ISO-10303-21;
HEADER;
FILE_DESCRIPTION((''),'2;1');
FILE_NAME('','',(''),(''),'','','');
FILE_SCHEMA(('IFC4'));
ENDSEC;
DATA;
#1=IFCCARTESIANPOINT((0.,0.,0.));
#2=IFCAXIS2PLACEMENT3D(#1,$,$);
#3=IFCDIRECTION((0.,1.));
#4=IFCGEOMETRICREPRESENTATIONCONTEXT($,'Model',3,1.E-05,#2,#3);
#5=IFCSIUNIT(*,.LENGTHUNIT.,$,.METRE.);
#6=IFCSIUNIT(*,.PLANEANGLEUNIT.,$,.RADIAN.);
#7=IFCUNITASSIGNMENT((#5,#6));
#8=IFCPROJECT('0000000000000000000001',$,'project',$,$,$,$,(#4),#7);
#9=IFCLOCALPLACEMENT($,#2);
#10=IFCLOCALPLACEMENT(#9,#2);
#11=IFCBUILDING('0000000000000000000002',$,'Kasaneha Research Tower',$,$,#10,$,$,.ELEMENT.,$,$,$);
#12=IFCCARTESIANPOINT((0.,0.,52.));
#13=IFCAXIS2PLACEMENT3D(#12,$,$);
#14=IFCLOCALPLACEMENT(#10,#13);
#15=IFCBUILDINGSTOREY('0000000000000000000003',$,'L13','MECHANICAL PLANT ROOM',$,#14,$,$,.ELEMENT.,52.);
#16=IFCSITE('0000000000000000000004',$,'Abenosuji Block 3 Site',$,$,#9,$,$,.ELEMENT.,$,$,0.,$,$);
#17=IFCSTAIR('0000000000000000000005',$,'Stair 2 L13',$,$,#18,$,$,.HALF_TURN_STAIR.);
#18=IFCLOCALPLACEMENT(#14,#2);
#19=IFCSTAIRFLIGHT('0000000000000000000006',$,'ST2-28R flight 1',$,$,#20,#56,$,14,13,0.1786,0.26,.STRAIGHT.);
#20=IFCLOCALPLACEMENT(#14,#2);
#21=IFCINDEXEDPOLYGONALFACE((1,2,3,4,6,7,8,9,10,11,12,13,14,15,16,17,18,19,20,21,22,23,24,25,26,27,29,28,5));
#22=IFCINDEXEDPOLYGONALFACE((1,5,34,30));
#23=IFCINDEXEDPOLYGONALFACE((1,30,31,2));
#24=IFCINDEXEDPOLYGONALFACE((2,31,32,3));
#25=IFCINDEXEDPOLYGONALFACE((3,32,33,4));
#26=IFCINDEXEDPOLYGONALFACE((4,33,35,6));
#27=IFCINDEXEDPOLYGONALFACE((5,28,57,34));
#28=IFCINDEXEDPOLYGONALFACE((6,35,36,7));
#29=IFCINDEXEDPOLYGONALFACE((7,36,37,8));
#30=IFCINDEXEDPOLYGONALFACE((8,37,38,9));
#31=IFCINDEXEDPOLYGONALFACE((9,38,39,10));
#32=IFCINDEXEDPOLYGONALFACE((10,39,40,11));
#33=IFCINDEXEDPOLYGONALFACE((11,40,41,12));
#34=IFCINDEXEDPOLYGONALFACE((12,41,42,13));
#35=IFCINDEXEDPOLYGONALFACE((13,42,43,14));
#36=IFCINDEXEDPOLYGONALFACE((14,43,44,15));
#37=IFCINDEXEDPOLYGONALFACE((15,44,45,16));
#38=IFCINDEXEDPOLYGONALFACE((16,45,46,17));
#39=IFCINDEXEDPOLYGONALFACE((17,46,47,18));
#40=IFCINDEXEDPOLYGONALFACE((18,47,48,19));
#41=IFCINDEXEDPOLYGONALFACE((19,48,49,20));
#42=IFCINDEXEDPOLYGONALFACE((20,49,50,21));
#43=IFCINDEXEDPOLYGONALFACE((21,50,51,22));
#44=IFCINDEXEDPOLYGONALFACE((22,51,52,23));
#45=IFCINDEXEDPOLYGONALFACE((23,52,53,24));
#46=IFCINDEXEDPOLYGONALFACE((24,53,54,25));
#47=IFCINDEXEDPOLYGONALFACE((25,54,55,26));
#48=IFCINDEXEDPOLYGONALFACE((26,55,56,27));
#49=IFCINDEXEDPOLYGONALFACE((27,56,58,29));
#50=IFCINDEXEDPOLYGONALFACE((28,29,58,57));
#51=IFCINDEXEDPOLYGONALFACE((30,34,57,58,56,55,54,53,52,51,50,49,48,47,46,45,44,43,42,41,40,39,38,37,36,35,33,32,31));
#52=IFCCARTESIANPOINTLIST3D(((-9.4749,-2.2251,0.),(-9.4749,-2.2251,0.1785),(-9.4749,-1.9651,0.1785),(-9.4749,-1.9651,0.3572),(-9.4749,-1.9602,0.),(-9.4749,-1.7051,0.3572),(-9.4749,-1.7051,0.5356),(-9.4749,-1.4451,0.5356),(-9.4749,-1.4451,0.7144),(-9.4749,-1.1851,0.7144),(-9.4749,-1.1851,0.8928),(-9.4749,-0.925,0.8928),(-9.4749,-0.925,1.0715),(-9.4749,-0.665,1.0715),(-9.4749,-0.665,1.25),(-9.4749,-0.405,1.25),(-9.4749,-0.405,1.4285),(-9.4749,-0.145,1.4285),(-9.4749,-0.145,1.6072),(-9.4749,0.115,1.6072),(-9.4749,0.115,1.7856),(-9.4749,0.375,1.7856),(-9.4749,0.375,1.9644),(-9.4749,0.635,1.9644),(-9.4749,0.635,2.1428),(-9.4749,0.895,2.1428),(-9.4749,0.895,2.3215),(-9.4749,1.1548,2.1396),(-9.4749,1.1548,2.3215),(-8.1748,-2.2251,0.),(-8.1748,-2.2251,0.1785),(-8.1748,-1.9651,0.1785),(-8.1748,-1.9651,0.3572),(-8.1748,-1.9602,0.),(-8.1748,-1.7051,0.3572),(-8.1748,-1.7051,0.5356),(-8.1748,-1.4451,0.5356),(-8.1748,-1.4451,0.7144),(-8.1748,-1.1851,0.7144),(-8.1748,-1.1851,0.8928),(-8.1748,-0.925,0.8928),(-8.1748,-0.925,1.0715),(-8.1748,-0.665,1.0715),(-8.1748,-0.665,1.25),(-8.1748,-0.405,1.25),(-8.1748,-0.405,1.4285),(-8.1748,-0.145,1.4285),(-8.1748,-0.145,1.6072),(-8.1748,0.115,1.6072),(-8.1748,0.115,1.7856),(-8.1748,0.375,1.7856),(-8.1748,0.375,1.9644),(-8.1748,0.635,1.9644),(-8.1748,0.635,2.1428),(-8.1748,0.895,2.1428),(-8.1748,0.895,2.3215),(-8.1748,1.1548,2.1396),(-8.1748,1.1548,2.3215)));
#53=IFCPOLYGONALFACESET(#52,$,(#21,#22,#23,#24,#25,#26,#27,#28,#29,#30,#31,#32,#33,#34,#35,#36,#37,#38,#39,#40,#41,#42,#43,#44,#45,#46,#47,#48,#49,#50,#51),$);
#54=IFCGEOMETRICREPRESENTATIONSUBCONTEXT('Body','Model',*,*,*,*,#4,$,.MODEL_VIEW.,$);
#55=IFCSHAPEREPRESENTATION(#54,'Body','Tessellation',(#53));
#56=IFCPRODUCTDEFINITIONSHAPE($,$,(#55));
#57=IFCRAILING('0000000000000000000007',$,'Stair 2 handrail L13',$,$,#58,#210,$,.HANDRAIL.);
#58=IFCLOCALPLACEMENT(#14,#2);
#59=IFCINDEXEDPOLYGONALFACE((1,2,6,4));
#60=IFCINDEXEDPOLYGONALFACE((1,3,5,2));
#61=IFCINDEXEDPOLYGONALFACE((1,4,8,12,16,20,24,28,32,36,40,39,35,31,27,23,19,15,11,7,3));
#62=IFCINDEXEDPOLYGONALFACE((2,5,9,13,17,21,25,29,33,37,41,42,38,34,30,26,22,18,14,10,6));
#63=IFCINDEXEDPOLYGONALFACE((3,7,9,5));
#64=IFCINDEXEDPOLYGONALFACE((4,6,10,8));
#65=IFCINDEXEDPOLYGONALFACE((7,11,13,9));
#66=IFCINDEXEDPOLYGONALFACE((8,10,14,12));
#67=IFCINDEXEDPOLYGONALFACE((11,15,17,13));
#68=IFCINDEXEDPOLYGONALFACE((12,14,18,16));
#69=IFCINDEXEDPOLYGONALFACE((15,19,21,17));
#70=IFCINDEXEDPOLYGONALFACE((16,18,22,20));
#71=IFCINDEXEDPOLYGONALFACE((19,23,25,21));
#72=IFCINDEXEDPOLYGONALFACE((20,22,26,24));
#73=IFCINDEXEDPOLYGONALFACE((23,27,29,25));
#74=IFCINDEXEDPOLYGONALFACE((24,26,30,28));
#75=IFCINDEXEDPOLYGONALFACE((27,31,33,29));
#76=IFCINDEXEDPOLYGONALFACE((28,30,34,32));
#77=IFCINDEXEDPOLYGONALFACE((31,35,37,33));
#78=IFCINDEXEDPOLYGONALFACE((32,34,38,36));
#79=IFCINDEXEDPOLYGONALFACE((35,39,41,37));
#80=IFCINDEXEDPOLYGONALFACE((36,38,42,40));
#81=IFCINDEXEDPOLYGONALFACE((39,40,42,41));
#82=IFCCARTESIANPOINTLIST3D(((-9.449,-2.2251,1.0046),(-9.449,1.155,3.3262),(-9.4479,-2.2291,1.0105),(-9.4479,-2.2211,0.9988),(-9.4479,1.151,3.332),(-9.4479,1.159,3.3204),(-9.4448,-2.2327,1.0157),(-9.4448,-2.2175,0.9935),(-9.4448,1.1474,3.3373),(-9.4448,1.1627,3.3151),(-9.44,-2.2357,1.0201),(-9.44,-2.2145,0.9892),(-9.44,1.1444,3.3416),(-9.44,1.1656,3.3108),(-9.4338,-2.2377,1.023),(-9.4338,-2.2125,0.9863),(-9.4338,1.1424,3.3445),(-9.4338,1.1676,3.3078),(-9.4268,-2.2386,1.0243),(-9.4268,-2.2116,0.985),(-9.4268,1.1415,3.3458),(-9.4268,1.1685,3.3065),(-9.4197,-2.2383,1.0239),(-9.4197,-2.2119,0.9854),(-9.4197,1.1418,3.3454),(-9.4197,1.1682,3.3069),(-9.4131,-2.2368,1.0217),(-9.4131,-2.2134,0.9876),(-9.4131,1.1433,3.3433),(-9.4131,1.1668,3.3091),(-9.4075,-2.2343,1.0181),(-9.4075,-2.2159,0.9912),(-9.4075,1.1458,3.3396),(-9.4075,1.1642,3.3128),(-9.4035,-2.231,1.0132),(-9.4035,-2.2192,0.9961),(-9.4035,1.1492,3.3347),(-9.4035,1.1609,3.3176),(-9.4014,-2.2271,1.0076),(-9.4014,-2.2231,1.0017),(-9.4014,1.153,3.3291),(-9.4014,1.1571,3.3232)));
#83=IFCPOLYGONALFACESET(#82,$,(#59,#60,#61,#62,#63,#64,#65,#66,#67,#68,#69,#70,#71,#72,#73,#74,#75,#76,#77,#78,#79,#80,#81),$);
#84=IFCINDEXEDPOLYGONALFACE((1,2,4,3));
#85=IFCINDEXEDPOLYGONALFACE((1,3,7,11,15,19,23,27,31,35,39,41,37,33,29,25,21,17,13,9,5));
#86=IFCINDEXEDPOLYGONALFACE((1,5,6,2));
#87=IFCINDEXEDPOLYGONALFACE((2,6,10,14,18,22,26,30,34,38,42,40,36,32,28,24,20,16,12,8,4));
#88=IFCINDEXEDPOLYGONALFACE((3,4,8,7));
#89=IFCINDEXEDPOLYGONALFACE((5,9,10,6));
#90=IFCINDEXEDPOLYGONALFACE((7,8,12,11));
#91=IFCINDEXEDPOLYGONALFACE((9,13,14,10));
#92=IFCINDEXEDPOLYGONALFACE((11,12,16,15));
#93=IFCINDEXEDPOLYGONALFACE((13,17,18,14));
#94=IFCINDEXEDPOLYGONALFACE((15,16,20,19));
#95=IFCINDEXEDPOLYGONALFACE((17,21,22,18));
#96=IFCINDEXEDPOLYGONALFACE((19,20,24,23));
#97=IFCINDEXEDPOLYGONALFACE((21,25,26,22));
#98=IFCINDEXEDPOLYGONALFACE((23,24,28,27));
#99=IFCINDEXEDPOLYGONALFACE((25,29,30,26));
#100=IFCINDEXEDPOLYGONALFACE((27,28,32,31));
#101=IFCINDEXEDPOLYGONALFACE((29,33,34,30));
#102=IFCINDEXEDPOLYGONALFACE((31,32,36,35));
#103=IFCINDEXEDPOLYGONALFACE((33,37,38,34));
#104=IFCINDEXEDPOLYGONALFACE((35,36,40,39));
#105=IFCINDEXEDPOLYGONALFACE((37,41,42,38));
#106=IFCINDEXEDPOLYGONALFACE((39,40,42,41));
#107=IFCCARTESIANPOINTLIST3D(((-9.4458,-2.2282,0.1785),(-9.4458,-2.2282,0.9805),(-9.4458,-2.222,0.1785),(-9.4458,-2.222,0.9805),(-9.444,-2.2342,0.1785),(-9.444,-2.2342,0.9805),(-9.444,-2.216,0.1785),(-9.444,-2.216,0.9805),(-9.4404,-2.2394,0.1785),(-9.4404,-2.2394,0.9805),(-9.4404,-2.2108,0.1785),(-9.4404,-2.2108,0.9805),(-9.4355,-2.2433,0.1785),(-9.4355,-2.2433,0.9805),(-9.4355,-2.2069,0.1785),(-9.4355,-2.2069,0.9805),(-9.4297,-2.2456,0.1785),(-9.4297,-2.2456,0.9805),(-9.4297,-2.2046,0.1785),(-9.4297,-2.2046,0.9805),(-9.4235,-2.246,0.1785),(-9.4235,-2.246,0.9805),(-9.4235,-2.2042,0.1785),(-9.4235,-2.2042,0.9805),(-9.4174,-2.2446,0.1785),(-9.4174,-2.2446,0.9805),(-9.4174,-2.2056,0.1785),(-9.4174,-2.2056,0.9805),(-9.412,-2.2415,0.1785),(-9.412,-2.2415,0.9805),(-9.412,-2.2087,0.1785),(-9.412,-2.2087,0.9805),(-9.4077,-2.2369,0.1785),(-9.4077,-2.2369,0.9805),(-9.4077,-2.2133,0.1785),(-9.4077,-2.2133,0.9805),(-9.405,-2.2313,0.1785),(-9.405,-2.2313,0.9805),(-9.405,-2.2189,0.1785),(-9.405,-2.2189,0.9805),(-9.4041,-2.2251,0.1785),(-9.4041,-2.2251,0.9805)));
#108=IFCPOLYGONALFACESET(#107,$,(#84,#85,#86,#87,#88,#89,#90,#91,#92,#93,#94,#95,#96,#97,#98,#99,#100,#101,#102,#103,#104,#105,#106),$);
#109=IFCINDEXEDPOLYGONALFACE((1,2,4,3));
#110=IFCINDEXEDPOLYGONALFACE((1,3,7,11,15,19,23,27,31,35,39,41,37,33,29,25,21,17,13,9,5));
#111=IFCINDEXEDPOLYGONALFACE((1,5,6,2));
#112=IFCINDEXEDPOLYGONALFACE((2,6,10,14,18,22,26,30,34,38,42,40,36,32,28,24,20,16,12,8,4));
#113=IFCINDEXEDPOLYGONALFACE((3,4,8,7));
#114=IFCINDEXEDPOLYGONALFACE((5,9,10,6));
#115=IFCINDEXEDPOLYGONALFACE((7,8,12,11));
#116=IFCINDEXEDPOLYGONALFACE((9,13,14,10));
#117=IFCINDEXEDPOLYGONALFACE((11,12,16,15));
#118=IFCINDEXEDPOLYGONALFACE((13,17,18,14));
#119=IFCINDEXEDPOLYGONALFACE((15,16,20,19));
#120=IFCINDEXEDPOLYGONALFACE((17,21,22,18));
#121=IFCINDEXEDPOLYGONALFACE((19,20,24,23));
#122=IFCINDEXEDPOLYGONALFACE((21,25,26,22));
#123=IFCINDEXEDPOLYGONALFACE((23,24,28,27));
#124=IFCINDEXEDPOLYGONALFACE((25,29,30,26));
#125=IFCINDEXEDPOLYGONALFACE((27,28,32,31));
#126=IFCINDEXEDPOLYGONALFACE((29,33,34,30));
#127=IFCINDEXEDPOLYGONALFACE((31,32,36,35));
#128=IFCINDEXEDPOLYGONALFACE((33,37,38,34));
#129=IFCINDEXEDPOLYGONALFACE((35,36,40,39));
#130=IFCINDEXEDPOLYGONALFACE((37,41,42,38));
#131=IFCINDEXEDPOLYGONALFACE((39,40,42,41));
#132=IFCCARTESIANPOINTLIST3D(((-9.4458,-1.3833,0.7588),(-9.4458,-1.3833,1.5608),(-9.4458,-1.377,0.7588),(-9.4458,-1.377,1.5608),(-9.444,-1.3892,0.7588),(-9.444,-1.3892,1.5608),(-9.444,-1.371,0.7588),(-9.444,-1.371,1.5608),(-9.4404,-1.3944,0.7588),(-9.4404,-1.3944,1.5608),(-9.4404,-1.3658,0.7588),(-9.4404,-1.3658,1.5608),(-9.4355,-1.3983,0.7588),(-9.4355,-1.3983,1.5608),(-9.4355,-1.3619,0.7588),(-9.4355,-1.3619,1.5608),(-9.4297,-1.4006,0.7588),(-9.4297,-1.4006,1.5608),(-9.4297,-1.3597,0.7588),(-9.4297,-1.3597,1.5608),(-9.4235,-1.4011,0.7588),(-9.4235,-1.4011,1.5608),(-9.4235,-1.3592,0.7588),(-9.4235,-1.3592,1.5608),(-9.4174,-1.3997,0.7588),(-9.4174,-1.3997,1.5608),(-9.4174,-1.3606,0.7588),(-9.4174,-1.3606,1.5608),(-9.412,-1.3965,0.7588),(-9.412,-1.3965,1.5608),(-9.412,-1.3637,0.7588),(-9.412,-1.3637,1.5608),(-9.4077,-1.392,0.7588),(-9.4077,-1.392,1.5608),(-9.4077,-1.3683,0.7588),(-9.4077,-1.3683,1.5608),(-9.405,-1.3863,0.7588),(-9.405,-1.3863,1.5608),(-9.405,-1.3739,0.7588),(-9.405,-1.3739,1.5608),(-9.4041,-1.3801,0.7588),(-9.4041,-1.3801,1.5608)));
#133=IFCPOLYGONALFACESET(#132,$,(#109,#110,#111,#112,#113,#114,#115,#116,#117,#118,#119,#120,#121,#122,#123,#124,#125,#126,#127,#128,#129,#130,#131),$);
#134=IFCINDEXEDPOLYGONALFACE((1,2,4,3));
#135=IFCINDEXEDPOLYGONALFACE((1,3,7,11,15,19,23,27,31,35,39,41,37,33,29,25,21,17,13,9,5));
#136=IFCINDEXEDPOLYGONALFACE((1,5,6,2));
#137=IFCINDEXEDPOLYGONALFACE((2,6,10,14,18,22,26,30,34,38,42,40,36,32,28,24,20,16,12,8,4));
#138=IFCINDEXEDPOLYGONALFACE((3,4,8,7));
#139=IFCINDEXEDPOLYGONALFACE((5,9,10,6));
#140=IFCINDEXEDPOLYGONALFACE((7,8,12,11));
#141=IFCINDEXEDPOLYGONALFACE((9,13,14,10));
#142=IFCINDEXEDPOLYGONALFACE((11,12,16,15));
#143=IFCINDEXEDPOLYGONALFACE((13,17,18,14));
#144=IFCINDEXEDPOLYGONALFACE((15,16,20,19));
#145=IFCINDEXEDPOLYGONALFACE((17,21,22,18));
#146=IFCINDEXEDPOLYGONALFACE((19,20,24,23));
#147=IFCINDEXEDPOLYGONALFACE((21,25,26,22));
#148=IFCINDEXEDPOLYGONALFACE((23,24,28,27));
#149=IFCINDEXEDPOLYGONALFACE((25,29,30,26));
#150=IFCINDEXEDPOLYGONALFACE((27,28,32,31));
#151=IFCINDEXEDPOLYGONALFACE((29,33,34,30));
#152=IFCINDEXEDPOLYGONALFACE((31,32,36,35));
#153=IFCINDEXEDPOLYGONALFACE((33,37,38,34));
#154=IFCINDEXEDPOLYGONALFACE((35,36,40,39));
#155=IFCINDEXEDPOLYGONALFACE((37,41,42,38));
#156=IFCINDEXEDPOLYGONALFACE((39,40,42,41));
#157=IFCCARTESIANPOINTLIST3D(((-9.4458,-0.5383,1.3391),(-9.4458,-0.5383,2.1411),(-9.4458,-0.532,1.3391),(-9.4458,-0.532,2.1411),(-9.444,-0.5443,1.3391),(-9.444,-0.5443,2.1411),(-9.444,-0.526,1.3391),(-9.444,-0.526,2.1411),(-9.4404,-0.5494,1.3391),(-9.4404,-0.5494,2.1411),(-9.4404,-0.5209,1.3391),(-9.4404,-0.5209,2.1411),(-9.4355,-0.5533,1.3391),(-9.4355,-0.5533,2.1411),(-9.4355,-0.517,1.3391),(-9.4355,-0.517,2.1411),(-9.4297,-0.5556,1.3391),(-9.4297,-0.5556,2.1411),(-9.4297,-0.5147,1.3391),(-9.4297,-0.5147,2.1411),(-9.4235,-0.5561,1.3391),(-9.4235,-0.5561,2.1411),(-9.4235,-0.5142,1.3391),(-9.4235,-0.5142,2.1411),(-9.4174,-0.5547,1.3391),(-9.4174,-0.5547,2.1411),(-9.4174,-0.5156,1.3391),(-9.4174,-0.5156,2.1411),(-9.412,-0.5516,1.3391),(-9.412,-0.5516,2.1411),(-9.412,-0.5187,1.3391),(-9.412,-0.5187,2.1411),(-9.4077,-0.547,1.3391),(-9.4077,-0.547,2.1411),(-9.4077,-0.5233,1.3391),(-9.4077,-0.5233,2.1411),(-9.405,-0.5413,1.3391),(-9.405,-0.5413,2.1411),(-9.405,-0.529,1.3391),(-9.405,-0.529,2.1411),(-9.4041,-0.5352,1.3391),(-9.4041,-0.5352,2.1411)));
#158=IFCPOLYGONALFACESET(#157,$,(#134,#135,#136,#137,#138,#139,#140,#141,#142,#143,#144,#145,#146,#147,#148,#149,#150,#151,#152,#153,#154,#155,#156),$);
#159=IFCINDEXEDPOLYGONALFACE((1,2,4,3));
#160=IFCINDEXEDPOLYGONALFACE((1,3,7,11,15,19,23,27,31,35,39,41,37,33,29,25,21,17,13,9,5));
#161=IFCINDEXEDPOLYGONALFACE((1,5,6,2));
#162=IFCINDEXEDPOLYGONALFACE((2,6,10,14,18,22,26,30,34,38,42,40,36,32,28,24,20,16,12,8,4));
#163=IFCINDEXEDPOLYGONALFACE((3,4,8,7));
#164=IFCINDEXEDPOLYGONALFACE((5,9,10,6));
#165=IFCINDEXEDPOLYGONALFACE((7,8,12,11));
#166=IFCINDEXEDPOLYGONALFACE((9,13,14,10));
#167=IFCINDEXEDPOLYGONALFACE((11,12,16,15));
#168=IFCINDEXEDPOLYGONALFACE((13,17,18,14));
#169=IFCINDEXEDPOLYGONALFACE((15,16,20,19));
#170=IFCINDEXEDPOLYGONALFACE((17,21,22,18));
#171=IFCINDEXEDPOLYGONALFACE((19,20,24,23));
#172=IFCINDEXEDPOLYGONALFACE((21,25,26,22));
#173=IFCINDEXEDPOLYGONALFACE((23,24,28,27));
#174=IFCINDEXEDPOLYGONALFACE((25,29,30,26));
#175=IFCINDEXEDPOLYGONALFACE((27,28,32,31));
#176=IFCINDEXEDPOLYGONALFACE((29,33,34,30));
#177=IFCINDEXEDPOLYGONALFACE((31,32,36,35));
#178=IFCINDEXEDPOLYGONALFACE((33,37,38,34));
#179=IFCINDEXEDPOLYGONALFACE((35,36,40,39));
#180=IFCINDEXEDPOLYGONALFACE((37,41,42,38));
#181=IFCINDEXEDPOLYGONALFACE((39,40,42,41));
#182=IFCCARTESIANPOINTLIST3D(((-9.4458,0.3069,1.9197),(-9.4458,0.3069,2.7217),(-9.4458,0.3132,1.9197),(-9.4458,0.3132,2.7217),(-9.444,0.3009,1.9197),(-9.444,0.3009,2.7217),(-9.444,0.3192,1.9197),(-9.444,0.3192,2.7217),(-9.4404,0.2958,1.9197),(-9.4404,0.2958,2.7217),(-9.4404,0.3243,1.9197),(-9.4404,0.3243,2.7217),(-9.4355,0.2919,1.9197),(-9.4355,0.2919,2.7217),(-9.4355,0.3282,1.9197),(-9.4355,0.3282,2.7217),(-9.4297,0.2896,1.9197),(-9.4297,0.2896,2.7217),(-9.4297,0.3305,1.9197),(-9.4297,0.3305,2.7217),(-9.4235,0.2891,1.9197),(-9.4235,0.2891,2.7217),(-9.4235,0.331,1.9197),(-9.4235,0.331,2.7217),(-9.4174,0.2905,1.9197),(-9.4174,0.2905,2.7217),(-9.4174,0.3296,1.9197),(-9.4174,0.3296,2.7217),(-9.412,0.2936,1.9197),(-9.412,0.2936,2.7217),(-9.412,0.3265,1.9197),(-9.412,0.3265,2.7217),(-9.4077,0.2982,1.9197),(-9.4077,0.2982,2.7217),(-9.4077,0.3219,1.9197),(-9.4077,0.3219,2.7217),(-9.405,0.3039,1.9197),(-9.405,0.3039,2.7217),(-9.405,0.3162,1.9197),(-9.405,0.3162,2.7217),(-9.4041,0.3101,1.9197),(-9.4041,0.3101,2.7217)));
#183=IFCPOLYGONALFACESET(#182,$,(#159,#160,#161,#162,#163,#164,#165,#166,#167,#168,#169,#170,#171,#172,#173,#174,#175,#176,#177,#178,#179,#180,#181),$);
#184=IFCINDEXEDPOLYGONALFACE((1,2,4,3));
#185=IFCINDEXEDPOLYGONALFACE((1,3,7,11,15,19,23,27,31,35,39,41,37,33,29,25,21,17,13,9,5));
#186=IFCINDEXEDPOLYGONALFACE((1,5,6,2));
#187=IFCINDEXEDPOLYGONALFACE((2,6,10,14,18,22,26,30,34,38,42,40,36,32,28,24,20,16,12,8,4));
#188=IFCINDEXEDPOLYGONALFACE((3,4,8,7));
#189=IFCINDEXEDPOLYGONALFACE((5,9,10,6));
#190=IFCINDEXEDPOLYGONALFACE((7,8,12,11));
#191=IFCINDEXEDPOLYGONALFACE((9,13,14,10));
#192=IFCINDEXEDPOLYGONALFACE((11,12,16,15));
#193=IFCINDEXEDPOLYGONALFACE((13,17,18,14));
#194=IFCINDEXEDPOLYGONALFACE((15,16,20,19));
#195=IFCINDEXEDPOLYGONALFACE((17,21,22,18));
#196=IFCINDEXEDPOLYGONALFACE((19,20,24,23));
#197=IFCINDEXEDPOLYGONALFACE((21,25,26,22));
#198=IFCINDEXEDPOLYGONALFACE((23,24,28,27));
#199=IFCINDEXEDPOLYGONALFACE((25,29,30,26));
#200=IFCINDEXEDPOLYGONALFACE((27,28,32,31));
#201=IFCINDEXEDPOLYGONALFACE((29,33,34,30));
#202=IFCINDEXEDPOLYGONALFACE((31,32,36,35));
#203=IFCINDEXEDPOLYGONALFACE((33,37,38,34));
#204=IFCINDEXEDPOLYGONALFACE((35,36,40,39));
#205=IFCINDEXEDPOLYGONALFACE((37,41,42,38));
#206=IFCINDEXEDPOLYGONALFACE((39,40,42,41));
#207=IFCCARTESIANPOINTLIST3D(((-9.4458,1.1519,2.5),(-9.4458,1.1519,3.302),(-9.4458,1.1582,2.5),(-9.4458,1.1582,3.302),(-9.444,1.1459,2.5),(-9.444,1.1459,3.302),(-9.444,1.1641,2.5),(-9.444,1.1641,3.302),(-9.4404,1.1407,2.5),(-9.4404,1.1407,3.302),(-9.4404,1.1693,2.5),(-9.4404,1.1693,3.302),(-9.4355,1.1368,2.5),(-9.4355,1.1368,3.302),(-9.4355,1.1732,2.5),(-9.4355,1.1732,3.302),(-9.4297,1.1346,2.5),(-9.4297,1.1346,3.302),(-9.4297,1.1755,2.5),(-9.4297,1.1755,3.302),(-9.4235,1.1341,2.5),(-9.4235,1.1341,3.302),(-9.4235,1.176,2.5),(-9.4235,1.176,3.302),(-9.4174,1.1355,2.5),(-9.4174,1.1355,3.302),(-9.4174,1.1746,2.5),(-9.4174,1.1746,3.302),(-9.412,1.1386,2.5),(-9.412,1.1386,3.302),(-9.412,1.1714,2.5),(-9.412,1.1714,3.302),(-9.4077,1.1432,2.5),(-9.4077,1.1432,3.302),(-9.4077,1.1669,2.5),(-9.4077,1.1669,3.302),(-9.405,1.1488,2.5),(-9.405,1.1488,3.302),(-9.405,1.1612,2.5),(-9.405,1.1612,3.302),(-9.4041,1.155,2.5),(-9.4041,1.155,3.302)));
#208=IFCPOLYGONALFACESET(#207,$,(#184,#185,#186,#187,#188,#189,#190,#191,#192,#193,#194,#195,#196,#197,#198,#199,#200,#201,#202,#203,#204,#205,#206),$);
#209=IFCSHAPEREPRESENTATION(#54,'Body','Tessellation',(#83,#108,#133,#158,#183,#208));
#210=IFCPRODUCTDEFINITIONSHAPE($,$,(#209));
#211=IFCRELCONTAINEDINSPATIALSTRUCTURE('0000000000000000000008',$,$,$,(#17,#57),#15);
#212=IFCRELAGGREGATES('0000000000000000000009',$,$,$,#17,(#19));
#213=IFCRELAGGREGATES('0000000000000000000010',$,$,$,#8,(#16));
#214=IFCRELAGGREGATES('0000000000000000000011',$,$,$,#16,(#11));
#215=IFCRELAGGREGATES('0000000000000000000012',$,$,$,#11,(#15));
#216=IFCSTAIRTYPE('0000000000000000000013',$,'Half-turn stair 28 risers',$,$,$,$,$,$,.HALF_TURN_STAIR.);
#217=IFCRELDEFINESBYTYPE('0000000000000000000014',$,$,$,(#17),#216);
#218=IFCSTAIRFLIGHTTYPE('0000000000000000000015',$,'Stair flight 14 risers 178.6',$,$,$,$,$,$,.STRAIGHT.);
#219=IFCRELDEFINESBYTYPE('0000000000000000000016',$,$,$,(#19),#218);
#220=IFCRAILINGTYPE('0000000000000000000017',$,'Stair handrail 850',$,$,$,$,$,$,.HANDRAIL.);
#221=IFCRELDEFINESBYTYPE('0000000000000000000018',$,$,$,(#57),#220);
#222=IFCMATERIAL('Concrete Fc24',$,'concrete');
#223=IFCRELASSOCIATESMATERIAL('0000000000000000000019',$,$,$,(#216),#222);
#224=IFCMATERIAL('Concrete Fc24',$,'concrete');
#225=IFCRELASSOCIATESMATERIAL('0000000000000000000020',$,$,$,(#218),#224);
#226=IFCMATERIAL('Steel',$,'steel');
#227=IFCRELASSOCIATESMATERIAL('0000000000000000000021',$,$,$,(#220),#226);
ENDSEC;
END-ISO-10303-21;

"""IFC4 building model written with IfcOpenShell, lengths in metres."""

from ifc_helpers import new_model, si_unit, direction, frame, origin, origin_2d, place, context, subcontext, project, spatial, polyline, circle, outline, extrude, material, type_object, element, aggregate, save


model = new_model("IFC4")

# Units and contexts
model_context = context("Model", 3, precision=1e-05, world=origin(), true_north=direction((0.0, 1.0)))
body_context = subcontext(model_context, "Body", "Model", "MODEL_VIEW")
ifc_project = project(units=[si_unit("LENGTHUNIT", "METRE"), si_unit("PLANEANGLEUNIT", "RADIAN")], contexts=[model_context])

# Site, building, storey
site_placement = place(None, origin())
site = spatial("IfcSite", under=ifc_project, at=site_placement, Name="Abenosuji Block 3 Site", CompositionType="ELEMENT", RefElevation=0.0)
building_placement = place(site_placement, origin())
building = spatial("IfcBuilding", under=site, at=building_placement, Name="Kasaneha Research Tower", CompositionType="ELEMENT")
storey_placement = place(building_placement, frame((0.0, 0.0, 52.0)))
storey = spatial("IfcBuildingStorey", under=building, at=storey_placement, Name="L13", Description="MECHANICAL PLANT ROOM", CompositionType="ELEMENT", Elevation=52.0)

# Stair, stair flight
ifc_material_1 = material(Name="Concrete Fc24", Category="concrete")
stair_type = type_object("IfcStairType", Name="Half-turn stair 28 risers", PredefinedType="HALF_TURN_STAIR", material=ifc_material_1)
stair_placement = place(storey_placement, origin())
stair = element("IfcStair", 1, at=stair_placement, inside=storey, type_object=stair_type, Name="Stair 2 L13", PredefinedType="HALF_TURN_STAIR")
ifc_material_2 = material(Name="Concrete Fc24", Category="concrete")
stair_flight_type = type_object("IfcStairFlightType", Name="Stair flight 14 risers 178.6", PredefinedType="STRAIGHT", material=ifc_material_2)
stair_flight_placement = place(storey_placement, frame((-8.825, -2.2251, 0.0), z_axis=(0.0, 0.0, 1.0), x_axis=(0.0, 1.0, 0.0)))
stair_flight = element("IfcStairFlight", 2, at=stair_flight_placement, type_object=stair_flight_type, Name="ST2-28R flight 1", NumberOfRisers=14, NumberOfTreads=13, PredefinedType="STRAIGHT", RiserHeight=0.1786, TreadLength=0.26, context=body_context, shape_type="SweptSolid", body=[
    extrude(outline(polyline([(0.0, 0.0), (0.0, 0.1785), (0.26, 0.1785), (0.26, 0.3572), (0.52, 0.3572), (0.52, 0.5356), (0.78, 0.5356), (0.78, 0.7144), (1.04, 0.7144), (1.04, 0.8928), (1.3, 0.8928), (1.3, 1.0715), (1.5601, 1.0715), (1.5601, 1.25), (1.8201, 1.25), (1.8201, 1.4285), (2.0801, 1.4285), (2.0801, 1.6072), (2.3401, 1.6072), (2.3401, 1.7856), (2.6001, 1.7856), (2.6001, 1.9644), (2.8601, 1.9644), (2.8601, 2.1428), (3.1201, 2.1428), (3.1201, 2.3215), (3.3799, 2.3215), (3.3799, 2.5), (3.3799, 2.1396), (0.2649, 0.0), (0.0, 0.0)])), frame((0.0, 0.6499, 0.0), z_axis=(0.0, -1.0, 0.0), x_axis=(1.0, 0.0, 0.0)), (0.0, 0.0, 1.0), 1.3),
])
aggregate(stair, [stair_flight])

# Railing
ifc_material_3 = material(Name="Steel", Category="steel")
railing_type = type_object("IfcRailingType", Name="Stair handrail 850", PredefinedType="HANDRAIL", material=ifc_material_3)
railing_placement = place(storey_placement, frame((-9.425, -2.2251, 0.1785)))
element("IfcRailing", 3, at=railing_placement, inside=storey, type_object=railing_type, Name="Stair 2 handrail L13", PredefinedType="HANDRAIL", context=body_context, shape_type="SweptSolid", body=[
    extrude(circle(Radius=0.0239, at=origin_2d()), frame((0.0, 0.0, 0.8262), z_axis=(0.0, 0.824304, 0.566147), x_axis=(-1.0, 0.0, 0.0)), (0.0, 0.0, 1.0), 4.1006),
    extrude(circle(Radius=0.021, at=origin_2d()), origin(), (0.0, 0.0, 1.0), 0.802),
    extrude(circle(Radius=0.021, at=origin_2d()), frame((0.0, 0.845, 0.5803)), (0.0, 0.0, 1.0), 0.802),
    extrude(circle(Radius=0.021, at=origin_2d()), frame((0.0, 1.6899, 1.1606)), (0.0, 0.0, 1.0), 0.802),
    extrude(circle(Radius=0.021, at=origin_2d()), frame((0.0, 2.5352, 1.7412)), (0.0, 0.0, 1.0), 0.802),
    extrude(circle(Radius=0.021, at=origin_2d()), frame((0.0, 3.3801, 2.3215)), (0.0, 0.0, 1.0), 0.802),
])

save(model, "model.ifc")
